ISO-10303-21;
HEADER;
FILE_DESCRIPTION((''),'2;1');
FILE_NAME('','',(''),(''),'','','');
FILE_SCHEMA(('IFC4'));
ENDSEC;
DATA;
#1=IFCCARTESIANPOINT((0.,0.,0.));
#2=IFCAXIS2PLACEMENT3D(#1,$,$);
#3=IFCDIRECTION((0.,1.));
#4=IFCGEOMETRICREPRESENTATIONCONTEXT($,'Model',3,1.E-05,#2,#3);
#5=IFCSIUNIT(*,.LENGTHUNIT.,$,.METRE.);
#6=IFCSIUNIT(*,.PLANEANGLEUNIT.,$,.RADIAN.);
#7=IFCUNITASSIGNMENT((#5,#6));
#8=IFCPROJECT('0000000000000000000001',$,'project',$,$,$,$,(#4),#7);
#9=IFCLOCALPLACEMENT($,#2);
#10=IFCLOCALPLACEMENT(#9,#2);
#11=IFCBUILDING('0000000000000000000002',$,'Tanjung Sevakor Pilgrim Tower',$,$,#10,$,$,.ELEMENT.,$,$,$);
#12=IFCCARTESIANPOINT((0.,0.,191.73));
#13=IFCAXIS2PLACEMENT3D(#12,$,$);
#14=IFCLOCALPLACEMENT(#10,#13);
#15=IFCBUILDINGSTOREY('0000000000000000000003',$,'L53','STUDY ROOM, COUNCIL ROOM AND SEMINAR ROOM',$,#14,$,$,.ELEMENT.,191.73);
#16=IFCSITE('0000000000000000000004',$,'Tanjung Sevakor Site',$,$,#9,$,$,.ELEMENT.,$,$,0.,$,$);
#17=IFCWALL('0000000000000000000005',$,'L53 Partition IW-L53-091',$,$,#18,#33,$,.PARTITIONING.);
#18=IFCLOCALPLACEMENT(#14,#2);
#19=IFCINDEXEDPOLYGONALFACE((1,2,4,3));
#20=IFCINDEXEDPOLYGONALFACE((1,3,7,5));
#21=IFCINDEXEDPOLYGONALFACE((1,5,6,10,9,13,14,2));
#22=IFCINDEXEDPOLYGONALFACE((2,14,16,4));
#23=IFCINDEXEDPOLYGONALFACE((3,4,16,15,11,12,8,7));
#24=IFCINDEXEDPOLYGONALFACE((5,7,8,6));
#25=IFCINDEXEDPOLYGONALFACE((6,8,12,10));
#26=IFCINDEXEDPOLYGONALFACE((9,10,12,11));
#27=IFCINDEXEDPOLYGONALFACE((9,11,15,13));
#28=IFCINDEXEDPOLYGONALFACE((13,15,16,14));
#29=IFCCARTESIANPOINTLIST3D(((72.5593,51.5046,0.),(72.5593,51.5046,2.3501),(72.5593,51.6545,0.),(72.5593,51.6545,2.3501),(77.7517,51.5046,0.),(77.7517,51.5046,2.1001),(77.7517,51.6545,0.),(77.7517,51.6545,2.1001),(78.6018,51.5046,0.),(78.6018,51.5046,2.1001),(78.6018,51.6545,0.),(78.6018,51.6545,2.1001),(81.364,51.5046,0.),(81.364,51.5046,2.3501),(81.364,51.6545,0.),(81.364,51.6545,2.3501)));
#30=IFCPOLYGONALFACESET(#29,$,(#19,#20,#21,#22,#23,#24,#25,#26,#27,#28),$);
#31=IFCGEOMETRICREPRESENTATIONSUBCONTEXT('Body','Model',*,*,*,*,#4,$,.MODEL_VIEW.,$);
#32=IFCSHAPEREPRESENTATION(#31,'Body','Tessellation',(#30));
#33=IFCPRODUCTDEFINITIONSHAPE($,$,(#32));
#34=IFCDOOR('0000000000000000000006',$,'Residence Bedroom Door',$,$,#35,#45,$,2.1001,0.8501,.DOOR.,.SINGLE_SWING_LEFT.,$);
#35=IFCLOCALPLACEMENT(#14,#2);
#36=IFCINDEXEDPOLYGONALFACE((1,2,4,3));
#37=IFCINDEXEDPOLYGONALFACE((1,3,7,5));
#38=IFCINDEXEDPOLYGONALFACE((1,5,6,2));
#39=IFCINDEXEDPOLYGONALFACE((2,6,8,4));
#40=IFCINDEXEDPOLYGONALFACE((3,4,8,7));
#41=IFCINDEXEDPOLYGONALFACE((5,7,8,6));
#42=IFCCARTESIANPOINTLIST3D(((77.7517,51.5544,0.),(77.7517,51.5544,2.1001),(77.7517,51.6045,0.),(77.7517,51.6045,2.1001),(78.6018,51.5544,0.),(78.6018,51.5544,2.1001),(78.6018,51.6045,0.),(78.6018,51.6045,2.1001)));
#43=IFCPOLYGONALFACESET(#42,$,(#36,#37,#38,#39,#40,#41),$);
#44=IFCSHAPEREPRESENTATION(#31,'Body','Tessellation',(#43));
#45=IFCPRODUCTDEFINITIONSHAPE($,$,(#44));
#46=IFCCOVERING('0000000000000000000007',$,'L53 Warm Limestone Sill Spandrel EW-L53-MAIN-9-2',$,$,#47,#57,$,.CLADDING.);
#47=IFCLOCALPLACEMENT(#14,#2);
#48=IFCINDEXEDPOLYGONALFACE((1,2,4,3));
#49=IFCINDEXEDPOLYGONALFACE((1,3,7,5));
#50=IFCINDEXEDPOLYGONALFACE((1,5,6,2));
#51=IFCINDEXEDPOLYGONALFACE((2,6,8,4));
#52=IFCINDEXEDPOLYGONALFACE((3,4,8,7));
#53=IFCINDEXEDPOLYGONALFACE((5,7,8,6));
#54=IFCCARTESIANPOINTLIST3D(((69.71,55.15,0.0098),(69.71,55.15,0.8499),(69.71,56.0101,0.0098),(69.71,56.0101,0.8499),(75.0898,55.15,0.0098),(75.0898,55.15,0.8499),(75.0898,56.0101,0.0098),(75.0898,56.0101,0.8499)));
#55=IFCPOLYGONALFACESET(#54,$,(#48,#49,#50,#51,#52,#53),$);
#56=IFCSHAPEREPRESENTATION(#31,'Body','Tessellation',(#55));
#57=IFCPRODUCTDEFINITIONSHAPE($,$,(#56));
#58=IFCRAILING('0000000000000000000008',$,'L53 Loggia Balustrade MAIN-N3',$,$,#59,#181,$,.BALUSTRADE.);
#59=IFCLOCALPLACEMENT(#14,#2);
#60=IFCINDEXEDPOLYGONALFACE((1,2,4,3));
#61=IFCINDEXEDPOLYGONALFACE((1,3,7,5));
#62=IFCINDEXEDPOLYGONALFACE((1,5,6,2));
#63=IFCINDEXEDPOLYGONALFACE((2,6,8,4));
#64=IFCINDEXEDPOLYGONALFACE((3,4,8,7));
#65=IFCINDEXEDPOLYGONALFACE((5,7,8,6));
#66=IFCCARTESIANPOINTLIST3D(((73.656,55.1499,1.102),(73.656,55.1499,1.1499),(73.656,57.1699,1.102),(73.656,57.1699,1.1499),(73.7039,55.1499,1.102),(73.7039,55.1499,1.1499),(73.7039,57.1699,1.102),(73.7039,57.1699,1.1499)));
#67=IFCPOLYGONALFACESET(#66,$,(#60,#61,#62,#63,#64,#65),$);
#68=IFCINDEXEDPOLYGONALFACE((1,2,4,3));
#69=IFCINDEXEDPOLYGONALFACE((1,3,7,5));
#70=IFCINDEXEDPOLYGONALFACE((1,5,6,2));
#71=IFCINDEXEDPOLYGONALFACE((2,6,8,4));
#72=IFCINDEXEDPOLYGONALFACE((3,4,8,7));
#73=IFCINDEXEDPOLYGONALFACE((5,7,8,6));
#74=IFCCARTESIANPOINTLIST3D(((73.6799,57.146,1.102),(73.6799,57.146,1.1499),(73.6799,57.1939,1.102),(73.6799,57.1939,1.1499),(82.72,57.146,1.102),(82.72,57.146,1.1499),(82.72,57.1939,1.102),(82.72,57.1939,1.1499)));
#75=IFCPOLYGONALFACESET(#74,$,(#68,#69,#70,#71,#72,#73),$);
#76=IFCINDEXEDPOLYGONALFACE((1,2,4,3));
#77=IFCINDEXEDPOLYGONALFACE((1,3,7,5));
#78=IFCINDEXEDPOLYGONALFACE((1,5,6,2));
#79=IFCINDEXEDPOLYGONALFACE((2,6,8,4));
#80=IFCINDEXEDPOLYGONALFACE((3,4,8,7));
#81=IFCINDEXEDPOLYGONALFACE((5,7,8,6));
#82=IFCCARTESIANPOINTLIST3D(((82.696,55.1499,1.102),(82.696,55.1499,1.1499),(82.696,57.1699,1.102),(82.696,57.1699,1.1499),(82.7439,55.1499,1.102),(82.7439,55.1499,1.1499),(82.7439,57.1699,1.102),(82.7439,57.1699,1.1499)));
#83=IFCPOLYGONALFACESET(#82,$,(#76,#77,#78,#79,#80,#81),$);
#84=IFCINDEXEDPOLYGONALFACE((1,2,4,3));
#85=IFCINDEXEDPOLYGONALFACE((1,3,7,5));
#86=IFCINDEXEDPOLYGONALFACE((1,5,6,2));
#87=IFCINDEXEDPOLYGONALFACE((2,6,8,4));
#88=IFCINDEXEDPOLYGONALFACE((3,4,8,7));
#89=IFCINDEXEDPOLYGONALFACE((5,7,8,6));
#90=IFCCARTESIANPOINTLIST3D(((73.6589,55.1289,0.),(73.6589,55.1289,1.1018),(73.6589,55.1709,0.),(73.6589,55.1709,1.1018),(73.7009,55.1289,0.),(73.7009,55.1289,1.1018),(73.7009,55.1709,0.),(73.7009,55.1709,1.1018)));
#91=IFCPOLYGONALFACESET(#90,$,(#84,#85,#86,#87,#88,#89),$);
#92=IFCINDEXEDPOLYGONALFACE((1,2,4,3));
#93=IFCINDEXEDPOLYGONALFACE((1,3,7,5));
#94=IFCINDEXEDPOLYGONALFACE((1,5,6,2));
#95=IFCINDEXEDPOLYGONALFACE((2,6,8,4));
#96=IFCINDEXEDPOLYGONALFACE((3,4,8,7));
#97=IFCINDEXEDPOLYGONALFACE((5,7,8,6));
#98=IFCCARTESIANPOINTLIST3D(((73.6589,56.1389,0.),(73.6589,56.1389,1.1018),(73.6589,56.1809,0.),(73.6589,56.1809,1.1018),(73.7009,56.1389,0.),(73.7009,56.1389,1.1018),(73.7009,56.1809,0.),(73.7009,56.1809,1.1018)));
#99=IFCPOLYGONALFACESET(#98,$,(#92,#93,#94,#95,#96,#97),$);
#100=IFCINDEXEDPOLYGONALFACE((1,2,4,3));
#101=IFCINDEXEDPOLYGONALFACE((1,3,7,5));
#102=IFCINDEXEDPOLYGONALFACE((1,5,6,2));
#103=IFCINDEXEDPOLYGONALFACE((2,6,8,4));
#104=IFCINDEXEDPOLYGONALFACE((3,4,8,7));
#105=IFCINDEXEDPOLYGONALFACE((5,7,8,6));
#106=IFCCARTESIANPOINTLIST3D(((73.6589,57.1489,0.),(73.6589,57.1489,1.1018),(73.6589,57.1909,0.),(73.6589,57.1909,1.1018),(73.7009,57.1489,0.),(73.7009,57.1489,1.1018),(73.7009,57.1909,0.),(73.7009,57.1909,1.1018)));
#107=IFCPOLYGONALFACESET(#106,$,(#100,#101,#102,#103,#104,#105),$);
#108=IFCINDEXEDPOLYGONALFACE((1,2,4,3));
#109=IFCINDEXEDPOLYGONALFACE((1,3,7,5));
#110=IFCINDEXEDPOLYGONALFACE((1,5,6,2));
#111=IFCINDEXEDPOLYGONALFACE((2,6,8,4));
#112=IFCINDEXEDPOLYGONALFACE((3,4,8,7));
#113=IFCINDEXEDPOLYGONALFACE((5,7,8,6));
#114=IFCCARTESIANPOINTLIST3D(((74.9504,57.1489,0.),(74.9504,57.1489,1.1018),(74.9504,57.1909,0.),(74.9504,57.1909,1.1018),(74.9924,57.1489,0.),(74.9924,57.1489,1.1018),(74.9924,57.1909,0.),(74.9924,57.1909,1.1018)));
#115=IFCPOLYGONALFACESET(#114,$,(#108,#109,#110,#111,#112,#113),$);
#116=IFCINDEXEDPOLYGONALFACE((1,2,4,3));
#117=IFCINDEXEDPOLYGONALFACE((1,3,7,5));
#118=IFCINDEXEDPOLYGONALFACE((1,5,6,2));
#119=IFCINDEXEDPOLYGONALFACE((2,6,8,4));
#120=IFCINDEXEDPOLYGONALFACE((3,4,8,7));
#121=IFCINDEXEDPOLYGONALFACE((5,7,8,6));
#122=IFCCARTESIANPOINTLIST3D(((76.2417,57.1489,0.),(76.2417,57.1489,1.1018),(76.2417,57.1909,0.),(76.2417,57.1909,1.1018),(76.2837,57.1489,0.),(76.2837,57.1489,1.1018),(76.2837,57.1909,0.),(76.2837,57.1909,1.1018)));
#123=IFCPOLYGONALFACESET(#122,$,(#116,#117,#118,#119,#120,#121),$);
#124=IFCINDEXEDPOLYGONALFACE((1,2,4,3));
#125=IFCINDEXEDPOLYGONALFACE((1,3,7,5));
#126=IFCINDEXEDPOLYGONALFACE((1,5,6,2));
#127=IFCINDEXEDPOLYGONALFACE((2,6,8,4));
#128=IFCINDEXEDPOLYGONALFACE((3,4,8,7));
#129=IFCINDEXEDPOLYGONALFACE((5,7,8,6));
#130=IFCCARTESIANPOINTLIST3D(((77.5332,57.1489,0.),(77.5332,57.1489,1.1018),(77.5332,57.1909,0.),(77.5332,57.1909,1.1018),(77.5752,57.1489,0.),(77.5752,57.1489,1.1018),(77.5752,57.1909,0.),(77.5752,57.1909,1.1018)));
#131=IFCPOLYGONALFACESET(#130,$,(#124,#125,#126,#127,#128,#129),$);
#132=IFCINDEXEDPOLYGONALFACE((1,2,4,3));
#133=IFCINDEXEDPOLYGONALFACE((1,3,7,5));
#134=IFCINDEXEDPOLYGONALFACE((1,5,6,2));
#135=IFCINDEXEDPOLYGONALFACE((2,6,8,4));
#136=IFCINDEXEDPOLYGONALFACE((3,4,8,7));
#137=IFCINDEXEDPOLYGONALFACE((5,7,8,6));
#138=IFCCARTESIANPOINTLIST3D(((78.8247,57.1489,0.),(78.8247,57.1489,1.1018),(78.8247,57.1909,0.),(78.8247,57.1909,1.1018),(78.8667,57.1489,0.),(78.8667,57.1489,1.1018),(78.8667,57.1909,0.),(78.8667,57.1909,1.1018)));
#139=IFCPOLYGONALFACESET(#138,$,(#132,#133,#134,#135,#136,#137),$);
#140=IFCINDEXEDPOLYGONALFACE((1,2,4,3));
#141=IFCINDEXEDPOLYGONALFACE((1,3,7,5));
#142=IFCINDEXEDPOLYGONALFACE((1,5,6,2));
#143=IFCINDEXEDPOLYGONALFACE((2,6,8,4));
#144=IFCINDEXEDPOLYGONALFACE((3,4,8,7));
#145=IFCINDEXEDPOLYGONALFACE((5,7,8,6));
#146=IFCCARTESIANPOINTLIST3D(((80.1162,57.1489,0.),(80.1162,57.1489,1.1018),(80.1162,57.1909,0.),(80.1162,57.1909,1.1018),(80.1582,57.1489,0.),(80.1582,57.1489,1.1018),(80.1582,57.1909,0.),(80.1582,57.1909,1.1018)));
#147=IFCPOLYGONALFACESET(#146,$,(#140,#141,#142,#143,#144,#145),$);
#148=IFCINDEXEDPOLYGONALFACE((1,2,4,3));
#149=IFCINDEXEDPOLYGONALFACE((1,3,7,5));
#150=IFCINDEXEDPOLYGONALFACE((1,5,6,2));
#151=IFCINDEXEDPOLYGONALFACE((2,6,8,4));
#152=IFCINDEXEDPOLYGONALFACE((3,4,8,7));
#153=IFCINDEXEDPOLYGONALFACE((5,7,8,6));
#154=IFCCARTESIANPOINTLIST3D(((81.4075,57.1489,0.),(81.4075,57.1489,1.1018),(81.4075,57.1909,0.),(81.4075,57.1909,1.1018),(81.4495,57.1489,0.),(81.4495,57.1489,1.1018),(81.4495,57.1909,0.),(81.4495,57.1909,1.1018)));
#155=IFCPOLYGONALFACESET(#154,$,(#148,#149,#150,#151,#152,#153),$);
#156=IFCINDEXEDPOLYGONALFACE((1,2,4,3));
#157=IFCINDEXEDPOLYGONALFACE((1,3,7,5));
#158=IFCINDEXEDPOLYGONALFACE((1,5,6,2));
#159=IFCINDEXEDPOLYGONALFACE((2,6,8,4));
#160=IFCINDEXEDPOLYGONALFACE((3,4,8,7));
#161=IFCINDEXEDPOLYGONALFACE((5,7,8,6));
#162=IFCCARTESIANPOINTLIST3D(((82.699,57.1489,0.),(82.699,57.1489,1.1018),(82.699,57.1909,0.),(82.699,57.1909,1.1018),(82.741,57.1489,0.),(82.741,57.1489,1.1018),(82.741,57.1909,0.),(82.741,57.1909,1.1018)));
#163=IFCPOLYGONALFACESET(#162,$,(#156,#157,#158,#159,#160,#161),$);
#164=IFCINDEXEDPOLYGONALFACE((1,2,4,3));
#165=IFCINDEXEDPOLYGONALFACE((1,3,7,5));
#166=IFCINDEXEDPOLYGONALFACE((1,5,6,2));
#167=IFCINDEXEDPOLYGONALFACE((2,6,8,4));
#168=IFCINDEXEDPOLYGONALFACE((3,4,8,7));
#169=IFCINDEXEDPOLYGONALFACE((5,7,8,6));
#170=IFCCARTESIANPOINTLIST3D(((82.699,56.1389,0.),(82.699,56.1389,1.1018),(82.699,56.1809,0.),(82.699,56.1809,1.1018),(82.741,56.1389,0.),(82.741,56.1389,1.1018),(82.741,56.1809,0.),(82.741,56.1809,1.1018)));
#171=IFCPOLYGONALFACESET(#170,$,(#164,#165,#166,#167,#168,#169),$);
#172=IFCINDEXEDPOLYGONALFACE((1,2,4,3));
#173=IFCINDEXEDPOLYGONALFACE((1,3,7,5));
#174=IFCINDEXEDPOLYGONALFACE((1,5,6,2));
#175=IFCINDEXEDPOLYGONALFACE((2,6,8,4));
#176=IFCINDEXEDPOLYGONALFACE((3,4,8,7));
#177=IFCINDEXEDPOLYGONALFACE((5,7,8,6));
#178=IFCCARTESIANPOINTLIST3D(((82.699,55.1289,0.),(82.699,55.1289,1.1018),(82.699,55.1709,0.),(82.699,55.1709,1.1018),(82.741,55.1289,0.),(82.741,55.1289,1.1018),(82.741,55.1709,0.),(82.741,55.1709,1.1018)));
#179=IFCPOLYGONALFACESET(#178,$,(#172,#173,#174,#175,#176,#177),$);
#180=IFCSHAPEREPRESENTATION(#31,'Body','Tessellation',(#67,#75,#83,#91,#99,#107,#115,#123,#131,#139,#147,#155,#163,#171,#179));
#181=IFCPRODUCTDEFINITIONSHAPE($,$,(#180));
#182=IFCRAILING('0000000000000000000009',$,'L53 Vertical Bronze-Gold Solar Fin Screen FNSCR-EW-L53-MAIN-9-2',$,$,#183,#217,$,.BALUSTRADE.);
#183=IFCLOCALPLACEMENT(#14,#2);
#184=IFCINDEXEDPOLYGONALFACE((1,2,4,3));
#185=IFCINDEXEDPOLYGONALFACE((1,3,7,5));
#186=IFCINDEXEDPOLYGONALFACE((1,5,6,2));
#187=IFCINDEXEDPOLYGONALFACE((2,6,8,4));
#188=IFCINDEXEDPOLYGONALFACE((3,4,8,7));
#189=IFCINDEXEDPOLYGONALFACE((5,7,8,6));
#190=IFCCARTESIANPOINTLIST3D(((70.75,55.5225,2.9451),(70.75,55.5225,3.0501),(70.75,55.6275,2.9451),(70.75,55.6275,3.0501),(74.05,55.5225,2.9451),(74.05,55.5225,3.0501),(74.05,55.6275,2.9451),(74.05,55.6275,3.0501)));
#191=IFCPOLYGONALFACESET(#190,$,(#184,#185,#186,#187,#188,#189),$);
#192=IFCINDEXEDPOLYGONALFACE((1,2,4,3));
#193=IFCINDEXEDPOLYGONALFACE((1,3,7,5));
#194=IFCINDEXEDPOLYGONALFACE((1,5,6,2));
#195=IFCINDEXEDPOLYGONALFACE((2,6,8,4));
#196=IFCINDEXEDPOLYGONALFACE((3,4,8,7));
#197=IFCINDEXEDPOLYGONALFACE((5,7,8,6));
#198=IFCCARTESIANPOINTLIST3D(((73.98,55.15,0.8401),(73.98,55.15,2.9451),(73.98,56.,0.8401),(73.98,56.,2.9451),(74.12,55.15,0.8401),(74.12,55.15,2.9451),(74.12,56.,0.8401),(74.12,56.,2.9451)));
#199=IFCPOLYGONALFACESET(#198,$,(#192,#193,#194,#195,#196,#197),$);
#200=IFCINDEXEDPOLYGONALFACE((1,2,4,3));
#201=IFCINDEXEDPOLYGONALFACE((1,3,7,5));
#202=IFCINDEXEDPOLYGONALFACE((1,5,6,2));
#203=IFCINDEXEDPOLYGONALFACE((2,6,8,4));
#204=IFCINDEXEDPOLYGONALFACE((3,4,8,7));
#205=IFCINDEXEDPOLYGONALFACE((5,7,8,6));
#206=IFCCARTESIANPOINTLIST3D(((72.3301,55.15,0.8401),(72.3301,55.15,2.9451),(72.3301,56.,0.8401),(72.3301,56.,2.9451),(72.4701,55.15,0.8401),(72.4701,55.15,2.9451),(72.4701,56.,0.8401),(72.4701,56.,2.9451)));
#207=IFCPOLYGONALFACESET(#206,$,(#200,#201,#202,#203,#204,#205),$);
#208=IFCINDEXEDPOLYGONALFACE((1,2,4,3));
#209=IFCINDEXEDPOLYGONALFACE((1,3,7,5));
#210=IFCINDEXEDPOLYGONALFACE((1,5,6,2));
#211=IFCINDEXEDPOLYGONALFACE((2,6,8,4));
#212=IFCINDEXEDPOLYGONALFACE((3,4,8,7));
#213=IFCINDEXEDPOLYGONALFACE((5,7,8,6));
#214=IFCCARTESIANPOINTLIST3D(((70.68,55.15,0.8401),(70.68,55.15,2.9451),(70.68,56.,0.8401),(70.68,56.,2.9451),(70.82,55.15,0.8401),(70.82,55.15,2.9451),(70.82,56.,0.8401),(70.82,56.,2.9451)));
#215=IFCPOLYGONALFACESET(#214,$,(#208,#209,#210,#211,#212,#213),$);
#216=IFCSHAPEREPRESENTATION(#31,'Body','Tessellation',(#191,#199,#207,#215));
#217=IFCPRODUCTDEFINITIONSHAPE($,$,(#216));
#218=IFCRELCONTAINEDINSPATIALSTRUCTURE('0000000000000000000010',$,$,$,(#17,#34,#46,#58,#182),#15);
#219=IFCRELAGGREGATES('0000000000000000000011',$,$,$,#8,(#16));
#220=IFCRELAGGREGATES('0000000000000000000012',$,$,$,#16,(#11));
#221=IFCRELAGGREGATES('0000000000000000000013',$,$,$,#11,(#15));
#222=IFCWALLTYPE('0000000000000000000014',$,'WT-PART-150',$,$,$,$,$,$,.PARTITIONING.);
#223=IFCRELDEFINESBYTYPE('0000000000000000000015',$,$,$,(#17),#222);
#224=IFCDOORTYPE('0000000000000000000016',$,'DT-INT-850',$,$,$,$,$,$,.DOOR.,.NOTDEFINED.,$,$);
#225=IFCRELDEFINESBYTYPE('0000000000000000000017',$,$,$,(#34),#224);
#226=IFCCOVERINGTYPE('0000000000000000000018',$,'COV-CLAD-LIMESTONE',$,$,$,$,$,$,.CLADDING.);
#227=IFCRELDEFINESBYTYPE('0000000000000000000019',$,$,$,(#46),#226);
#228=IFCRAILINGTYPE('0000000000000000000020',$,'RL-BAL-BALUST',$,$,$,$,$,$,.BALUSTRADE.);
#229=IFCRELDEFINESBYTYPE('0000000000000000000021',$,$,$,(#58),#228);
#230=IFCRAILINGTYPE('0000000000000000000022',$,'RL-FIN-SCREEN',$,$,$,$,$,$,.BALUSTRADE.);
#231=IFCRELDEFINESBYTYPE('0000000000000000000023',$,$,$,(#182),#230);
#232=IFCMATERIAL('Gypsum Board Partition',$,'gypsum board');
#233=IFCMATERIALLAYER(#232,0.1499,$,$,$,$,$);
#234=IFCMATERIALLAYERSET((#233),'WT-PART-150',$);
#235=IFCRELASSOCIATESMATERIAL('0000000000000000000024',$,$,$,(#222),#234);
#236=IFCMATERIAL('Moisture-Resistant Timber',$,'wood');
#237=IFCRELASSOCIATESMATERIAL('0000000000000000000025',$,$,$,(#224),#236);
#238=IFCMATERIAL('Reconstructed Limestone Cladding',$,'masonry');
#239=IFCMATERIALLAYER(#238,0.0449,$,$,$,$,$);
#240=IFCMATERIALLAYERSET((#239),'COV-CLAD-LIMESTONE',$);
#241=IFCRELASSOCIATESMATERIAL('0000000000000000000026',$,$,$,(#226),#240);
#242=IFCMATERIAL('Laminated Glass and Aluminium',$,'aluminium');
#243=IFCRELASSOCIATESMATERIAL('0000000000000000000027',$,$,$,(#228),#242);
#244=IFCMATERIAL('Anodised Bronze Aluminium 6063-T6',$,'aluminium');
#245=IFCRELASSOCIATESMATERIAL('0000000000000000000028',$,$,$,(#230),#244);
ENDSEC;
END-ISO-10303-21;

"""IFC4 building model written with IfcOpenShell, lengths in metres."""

from ifc_helpers import new_model, si_unit, direction, frame, frame_2d, origin, origin_2d, place, context, subcontext, project, spatial, rectangle, extrude, material, layer, layer_set, type_object, element, fill, save


model = new_model("IFC4")

# Units and contexts
model_context = context("Model", 3, precision=1e-05, world=origin(), true_north=direction((0.0, 1.0)))
body_context = subcontext(model_context, "Body", "Model", "MODEL_VIEW")
ifc_project = project(units=[si_unit("LENGTHUNIT", "METRE"), si_unit("PLANEANGLEUNIT", "RADIAN")], contexts=[model_context])

# Site, building, storey
site_placement = place(None, origin())
site = spatial("IfcSite", under=ifc_project, at=site_placement, Name="Tanjung Sevakor Site", CompositionType="ELEMENT", RefElevation=0.0)
building_placement = place(site_placement, origin())
building = spatial("IfcBuilding", under=site, at=building_placement, Name="Tanjung Sevakor Pilgrim Tower", CompositionType="ELEMENT")
storey_placement = place(building_placement, frame((0.0, 0.0, 191.73)))
storey = spatial("IfcBuildingStorey", under=building, at=storey_placement, Name="L53", Description="STUDY ROOM, COUNCIL ROOM AND SEMINAR ROOM", CompositionType="ELEMENT", Elevation=191.73)

# Shared definitions
ifc_material_1 = material(Name="Gypsum Board Partition", Category="gypsum board")
ifc_layer_1 = layer(ifc_material_1, 0.1499)
ifc_layer_set_1 = layer_set([ifc_layer_1], Name="WT-PART-150")
wall_type_1 = type_object("IfcWallType", Name="WT-PART-150", PredefinedType="PARTITIONING", material=ifc_layer_set_1)

# Shared definitions
ifc_material_2 = material(Name="Moisture-Resistant Timber", Category="wood")
door_type_1 = type_object("IfcDoorType", Name="DT-INT-850", OperationType="NOTDEFINED", PredefinedType="DOOR", material=ifc_material_2)

# Wall, opening, door
wall_1_placement = place(storey_placement, frame((72.5593, 51.5796, 0.0), z_axis=(0.0, 0.0, 1.0), x_axis=(1.0, 0.0, 0.0)))
wall_1 = element("IfcWall", 1, at=wall_1_placement, inside=storey, type_object=wall_type_1, Name="L53 Partition IW-L53-091", PredefinedType="PARTITIONING", context=body_context, shape_type="SweptSolid", body=[
    extrude(rectangle(XDim=8.8047, YDim=0.1499, at=frame_2d((4.4023, 0.0))), origin(), (0.0, 0.0, 1.0), 2.3501),
])
opening_1_placement = place(wall_1_placement, frame((5.1924, 0.0, 0.0)))
opening_1 = element("IfcOpeningElement", 2, at=opening_1_placement, cuts=wall_1, PredefinedType="OPENING", context=body_context, shape_type="SweptSolid", body=[
    extrude(rectangle(XDim=0.8501, YDim=2.1001, at=frame_2d((0.425, 1.05))), frame((0.0, 0.085, 0.0), z_axis=(0.0, -1.0, 0.0), x_axis=(1.0, 0.0, 0.0)), (0.0, 0.0, 1.0), 0.1699),
])
door_1_placement = place(opening_1_placement, origin())
door_1 = element("IfcDoor", 3, at=door_1_placement, inside=storey, type_object=door_type_1, Name="Residence Bedroom Door", OperationType="SINGLE_SWING_LEFT", OverallHeight=2.1001, OverallWidth=0.8501, PredefinedType="DOOR", context=body_context, shape_type="SweptSolid", body=[
    extrude(rectangle(XDim=0.8501, YDim=2.1001, at=frame_2d((0.425, 1.05))), frame((0.0, 0.0249, 0.0), z_axis=(0.0, -1.0, 0.0), x_axis=(1.0, 0.0, 0.0)), (0.0, 0.0, 1.0), 0.05),
])
fill(opening_1, door_1)

# Covering
ifc_material_3 = material(Name="Reconstructed Limestone Cladding", Category="masonry")
ifc_layer_2 = layer(ifc_material_3, 0.0449)
ifc_layer_set_2 = layer_set([ifc_layer_2], Name="COV-CLAD-LIMESTONE")
covering_type = type_object("IfcCoveringType", Name="COV-CLAD-LIMESTONE", PredefinedType="CLADDING", material=ifc_layer_set_2)
covering_placement = place(storey_placement, frame((72.3999, 55.5801, 0.0098), z_axis=(0.0, 0.0, 1.0), x_axis=(-1.0, 0.0, 0.0)))
element("IfcCovering", 4, at=covering_placement, inside=storey, type_object=covering_type, Name="L53 Warm Limestone Sill Spandrel EW-L53-MAIN-9-2", PredefinedType="CLADDING", context=body_context, shape_type="SweptSolid", body=[
    extrude(rectangle(XDim=5.3799, YDim=0.8601, at=origin_2d()), origin(), (0.0, 0.0, 1.0), 0.8401),
])

# Railings
ifc_material_4 = material(Name="Laminated Glass and Aluminium", Category="aluminium")
railing_type_1 = type_object("IfcRailingType", Name="RL-BAL-BALUST", PredefinedType="BALUSTRADE", material=ifc_material_4)
railing_1_placement = place(storey_placement, frame((73.6799, 55.1499, 0.0)))
element("IfcRailing", 5, at=railing_1_placement, inside=storey, type_object=railing_type_1, Name="L53 Loggia Balustrade MAIN-N3", PredefinedType="BALUSTRADE", context=body_context, shape_type="SweptSolid", body=[
    extrude(rectangle(XDim=0.0479, YDim=0.0479), frame((0.0, 0.0, 1.126), z_axis=(0.0, 1.0, 0.0), x_axis=(-1.0, 0.0, 0.0)), (0.0, 0.0, 1.0), 2.02),
    extrude(rectangle(XDim=0.0479, YDim=0.0479), frame((0.0, 2.02, 1.126), z_axis=(1.0, 0.0, 0.0), x_axis=(0.0, 1.0, 0.0)), (0.0, 0.0, 1.0), 9.04),
    extrude(rectangle(XDim=0.0479, YDim=0.0479), frame((9.04, 2.02, 1.126), z_axis=(0.0, -1.0, 0.0), x_axis=(1.0, 0.0, 0.0)), (0.0, 0.0, 1.0), 2.02),
    extrude(rectangle(XDim=0.042, YDim=0.042), origin(), (0.0, 0.0, 1.0), 1.1018),
    extrude(rectangle(XDim=0.042, YDim=0.042), frame((0.0, 1.01, 0.0)), (0.0, 0.0, 1.0), 1.1018),
    extrude(rectangle(XDim=0.042, YDim=0.042), frame((0.0, 2.02, 0.0)), (0.0, 0.0, 1.0), 1.1018),
    extrude(rectangle(XDim=0.042, YDim=0.042), frame((1.2915, 2.02, 0.0)), (0.0, 0.0, 1.0), 1.1018),
    extrude(rectangle(XDim=0.042, YDim=0.042), frame((2.5828, 2.02, 0.0)), (0.0, 0.0, 1.0), 1.1018),
    extrude(rectangle(XDim=0.042, YDim=0.042), frame((3.8743, 2.02, 0.0)), (0.0, 0.0, 1.0), 1.1018),
    extrude(rectangle(XDim=0.042, YDim=0.042), frame((5.1658, 2.02, 0.0)), (0.0, 0.0, 1.0), 1.1018),
    extrude(rectangle(XDim=0.042, YDim=0.042), frame((6.4573, 2.02, 0.0)), (0.0, 0.0, 1.0), 1.1018),
    extrude(rectangle(XDim=0.042, YDim=0.042), frame((7.7485, 2.02, 0.0)), (0.0, 0.0, 1.0), 1.1018),
    extrude(rectangle(XDim=0.042, YDim=0.042), frame((9.04, 2.02, 0.0)), (0.0, 0.0, 1.0), 1.1018),
    extrude(rectangle(XDim=0.042, YDim=0.042), frame((9.04, 1.01, 0.0)), (0.0, 0.0, 1.0), 1.1018),
    extrude(rectangle(XDim=0.042, YDim=0.042), frame((9.04, 0.0, 0.0)), (0.0, 0.0, 1.0), 1.1018),
])
ifc_material_5 = material(Name="Anodised Bronze Aluminium 6063-T6", Category="aluminium")
railing_type_2 = type_object("IfcRailingType", Name="RL-FIN-SCREEN", PredefinedType="BALUSTRADE", material=ifc_material_5)
railing_2_placement = place(storey_placement, frame((74.05, 55.575, 0.8401)))
element("IfcRailing", 6, at=railing_2_placement, inside=storey, type_object=railing_type_2, Name="L53 Vertical Bronze-Gold Solar Fin Screen FNSCR-EW-L53-MAIN-9-2", PredefinedType="BALUSTRADE", context=body_context, shape_type="SweptSolid", body=[
    extrude(rectangle(XDim=0.105, YDim=0.105), frame((0.0, 0.0, 2.1575), z_axis=(-1.0, 0.0, 0.0), x_axis=(0.0, -1.0, 0.0)), (0.0, 0.0, 1.0), 3.3),
    extrude(rectangle(XDim=0.14, YDim=0.85), origin(), (0.0, 0.0, 1.0), 2.105),
    extrude(rectangle(XDim=0.14, YDim=0.85), frame((-1.6499, 0.0, 0.0)), (0.0, 0.0, 1.0), 2.105),
    extrude(rectangle(XDim=0.14, YDim=0.85), frame((-3.3, 0.0, 0.0)), (0.0, 0.0, 1.0), 2.105),
])

save(model, "model.ifc")
